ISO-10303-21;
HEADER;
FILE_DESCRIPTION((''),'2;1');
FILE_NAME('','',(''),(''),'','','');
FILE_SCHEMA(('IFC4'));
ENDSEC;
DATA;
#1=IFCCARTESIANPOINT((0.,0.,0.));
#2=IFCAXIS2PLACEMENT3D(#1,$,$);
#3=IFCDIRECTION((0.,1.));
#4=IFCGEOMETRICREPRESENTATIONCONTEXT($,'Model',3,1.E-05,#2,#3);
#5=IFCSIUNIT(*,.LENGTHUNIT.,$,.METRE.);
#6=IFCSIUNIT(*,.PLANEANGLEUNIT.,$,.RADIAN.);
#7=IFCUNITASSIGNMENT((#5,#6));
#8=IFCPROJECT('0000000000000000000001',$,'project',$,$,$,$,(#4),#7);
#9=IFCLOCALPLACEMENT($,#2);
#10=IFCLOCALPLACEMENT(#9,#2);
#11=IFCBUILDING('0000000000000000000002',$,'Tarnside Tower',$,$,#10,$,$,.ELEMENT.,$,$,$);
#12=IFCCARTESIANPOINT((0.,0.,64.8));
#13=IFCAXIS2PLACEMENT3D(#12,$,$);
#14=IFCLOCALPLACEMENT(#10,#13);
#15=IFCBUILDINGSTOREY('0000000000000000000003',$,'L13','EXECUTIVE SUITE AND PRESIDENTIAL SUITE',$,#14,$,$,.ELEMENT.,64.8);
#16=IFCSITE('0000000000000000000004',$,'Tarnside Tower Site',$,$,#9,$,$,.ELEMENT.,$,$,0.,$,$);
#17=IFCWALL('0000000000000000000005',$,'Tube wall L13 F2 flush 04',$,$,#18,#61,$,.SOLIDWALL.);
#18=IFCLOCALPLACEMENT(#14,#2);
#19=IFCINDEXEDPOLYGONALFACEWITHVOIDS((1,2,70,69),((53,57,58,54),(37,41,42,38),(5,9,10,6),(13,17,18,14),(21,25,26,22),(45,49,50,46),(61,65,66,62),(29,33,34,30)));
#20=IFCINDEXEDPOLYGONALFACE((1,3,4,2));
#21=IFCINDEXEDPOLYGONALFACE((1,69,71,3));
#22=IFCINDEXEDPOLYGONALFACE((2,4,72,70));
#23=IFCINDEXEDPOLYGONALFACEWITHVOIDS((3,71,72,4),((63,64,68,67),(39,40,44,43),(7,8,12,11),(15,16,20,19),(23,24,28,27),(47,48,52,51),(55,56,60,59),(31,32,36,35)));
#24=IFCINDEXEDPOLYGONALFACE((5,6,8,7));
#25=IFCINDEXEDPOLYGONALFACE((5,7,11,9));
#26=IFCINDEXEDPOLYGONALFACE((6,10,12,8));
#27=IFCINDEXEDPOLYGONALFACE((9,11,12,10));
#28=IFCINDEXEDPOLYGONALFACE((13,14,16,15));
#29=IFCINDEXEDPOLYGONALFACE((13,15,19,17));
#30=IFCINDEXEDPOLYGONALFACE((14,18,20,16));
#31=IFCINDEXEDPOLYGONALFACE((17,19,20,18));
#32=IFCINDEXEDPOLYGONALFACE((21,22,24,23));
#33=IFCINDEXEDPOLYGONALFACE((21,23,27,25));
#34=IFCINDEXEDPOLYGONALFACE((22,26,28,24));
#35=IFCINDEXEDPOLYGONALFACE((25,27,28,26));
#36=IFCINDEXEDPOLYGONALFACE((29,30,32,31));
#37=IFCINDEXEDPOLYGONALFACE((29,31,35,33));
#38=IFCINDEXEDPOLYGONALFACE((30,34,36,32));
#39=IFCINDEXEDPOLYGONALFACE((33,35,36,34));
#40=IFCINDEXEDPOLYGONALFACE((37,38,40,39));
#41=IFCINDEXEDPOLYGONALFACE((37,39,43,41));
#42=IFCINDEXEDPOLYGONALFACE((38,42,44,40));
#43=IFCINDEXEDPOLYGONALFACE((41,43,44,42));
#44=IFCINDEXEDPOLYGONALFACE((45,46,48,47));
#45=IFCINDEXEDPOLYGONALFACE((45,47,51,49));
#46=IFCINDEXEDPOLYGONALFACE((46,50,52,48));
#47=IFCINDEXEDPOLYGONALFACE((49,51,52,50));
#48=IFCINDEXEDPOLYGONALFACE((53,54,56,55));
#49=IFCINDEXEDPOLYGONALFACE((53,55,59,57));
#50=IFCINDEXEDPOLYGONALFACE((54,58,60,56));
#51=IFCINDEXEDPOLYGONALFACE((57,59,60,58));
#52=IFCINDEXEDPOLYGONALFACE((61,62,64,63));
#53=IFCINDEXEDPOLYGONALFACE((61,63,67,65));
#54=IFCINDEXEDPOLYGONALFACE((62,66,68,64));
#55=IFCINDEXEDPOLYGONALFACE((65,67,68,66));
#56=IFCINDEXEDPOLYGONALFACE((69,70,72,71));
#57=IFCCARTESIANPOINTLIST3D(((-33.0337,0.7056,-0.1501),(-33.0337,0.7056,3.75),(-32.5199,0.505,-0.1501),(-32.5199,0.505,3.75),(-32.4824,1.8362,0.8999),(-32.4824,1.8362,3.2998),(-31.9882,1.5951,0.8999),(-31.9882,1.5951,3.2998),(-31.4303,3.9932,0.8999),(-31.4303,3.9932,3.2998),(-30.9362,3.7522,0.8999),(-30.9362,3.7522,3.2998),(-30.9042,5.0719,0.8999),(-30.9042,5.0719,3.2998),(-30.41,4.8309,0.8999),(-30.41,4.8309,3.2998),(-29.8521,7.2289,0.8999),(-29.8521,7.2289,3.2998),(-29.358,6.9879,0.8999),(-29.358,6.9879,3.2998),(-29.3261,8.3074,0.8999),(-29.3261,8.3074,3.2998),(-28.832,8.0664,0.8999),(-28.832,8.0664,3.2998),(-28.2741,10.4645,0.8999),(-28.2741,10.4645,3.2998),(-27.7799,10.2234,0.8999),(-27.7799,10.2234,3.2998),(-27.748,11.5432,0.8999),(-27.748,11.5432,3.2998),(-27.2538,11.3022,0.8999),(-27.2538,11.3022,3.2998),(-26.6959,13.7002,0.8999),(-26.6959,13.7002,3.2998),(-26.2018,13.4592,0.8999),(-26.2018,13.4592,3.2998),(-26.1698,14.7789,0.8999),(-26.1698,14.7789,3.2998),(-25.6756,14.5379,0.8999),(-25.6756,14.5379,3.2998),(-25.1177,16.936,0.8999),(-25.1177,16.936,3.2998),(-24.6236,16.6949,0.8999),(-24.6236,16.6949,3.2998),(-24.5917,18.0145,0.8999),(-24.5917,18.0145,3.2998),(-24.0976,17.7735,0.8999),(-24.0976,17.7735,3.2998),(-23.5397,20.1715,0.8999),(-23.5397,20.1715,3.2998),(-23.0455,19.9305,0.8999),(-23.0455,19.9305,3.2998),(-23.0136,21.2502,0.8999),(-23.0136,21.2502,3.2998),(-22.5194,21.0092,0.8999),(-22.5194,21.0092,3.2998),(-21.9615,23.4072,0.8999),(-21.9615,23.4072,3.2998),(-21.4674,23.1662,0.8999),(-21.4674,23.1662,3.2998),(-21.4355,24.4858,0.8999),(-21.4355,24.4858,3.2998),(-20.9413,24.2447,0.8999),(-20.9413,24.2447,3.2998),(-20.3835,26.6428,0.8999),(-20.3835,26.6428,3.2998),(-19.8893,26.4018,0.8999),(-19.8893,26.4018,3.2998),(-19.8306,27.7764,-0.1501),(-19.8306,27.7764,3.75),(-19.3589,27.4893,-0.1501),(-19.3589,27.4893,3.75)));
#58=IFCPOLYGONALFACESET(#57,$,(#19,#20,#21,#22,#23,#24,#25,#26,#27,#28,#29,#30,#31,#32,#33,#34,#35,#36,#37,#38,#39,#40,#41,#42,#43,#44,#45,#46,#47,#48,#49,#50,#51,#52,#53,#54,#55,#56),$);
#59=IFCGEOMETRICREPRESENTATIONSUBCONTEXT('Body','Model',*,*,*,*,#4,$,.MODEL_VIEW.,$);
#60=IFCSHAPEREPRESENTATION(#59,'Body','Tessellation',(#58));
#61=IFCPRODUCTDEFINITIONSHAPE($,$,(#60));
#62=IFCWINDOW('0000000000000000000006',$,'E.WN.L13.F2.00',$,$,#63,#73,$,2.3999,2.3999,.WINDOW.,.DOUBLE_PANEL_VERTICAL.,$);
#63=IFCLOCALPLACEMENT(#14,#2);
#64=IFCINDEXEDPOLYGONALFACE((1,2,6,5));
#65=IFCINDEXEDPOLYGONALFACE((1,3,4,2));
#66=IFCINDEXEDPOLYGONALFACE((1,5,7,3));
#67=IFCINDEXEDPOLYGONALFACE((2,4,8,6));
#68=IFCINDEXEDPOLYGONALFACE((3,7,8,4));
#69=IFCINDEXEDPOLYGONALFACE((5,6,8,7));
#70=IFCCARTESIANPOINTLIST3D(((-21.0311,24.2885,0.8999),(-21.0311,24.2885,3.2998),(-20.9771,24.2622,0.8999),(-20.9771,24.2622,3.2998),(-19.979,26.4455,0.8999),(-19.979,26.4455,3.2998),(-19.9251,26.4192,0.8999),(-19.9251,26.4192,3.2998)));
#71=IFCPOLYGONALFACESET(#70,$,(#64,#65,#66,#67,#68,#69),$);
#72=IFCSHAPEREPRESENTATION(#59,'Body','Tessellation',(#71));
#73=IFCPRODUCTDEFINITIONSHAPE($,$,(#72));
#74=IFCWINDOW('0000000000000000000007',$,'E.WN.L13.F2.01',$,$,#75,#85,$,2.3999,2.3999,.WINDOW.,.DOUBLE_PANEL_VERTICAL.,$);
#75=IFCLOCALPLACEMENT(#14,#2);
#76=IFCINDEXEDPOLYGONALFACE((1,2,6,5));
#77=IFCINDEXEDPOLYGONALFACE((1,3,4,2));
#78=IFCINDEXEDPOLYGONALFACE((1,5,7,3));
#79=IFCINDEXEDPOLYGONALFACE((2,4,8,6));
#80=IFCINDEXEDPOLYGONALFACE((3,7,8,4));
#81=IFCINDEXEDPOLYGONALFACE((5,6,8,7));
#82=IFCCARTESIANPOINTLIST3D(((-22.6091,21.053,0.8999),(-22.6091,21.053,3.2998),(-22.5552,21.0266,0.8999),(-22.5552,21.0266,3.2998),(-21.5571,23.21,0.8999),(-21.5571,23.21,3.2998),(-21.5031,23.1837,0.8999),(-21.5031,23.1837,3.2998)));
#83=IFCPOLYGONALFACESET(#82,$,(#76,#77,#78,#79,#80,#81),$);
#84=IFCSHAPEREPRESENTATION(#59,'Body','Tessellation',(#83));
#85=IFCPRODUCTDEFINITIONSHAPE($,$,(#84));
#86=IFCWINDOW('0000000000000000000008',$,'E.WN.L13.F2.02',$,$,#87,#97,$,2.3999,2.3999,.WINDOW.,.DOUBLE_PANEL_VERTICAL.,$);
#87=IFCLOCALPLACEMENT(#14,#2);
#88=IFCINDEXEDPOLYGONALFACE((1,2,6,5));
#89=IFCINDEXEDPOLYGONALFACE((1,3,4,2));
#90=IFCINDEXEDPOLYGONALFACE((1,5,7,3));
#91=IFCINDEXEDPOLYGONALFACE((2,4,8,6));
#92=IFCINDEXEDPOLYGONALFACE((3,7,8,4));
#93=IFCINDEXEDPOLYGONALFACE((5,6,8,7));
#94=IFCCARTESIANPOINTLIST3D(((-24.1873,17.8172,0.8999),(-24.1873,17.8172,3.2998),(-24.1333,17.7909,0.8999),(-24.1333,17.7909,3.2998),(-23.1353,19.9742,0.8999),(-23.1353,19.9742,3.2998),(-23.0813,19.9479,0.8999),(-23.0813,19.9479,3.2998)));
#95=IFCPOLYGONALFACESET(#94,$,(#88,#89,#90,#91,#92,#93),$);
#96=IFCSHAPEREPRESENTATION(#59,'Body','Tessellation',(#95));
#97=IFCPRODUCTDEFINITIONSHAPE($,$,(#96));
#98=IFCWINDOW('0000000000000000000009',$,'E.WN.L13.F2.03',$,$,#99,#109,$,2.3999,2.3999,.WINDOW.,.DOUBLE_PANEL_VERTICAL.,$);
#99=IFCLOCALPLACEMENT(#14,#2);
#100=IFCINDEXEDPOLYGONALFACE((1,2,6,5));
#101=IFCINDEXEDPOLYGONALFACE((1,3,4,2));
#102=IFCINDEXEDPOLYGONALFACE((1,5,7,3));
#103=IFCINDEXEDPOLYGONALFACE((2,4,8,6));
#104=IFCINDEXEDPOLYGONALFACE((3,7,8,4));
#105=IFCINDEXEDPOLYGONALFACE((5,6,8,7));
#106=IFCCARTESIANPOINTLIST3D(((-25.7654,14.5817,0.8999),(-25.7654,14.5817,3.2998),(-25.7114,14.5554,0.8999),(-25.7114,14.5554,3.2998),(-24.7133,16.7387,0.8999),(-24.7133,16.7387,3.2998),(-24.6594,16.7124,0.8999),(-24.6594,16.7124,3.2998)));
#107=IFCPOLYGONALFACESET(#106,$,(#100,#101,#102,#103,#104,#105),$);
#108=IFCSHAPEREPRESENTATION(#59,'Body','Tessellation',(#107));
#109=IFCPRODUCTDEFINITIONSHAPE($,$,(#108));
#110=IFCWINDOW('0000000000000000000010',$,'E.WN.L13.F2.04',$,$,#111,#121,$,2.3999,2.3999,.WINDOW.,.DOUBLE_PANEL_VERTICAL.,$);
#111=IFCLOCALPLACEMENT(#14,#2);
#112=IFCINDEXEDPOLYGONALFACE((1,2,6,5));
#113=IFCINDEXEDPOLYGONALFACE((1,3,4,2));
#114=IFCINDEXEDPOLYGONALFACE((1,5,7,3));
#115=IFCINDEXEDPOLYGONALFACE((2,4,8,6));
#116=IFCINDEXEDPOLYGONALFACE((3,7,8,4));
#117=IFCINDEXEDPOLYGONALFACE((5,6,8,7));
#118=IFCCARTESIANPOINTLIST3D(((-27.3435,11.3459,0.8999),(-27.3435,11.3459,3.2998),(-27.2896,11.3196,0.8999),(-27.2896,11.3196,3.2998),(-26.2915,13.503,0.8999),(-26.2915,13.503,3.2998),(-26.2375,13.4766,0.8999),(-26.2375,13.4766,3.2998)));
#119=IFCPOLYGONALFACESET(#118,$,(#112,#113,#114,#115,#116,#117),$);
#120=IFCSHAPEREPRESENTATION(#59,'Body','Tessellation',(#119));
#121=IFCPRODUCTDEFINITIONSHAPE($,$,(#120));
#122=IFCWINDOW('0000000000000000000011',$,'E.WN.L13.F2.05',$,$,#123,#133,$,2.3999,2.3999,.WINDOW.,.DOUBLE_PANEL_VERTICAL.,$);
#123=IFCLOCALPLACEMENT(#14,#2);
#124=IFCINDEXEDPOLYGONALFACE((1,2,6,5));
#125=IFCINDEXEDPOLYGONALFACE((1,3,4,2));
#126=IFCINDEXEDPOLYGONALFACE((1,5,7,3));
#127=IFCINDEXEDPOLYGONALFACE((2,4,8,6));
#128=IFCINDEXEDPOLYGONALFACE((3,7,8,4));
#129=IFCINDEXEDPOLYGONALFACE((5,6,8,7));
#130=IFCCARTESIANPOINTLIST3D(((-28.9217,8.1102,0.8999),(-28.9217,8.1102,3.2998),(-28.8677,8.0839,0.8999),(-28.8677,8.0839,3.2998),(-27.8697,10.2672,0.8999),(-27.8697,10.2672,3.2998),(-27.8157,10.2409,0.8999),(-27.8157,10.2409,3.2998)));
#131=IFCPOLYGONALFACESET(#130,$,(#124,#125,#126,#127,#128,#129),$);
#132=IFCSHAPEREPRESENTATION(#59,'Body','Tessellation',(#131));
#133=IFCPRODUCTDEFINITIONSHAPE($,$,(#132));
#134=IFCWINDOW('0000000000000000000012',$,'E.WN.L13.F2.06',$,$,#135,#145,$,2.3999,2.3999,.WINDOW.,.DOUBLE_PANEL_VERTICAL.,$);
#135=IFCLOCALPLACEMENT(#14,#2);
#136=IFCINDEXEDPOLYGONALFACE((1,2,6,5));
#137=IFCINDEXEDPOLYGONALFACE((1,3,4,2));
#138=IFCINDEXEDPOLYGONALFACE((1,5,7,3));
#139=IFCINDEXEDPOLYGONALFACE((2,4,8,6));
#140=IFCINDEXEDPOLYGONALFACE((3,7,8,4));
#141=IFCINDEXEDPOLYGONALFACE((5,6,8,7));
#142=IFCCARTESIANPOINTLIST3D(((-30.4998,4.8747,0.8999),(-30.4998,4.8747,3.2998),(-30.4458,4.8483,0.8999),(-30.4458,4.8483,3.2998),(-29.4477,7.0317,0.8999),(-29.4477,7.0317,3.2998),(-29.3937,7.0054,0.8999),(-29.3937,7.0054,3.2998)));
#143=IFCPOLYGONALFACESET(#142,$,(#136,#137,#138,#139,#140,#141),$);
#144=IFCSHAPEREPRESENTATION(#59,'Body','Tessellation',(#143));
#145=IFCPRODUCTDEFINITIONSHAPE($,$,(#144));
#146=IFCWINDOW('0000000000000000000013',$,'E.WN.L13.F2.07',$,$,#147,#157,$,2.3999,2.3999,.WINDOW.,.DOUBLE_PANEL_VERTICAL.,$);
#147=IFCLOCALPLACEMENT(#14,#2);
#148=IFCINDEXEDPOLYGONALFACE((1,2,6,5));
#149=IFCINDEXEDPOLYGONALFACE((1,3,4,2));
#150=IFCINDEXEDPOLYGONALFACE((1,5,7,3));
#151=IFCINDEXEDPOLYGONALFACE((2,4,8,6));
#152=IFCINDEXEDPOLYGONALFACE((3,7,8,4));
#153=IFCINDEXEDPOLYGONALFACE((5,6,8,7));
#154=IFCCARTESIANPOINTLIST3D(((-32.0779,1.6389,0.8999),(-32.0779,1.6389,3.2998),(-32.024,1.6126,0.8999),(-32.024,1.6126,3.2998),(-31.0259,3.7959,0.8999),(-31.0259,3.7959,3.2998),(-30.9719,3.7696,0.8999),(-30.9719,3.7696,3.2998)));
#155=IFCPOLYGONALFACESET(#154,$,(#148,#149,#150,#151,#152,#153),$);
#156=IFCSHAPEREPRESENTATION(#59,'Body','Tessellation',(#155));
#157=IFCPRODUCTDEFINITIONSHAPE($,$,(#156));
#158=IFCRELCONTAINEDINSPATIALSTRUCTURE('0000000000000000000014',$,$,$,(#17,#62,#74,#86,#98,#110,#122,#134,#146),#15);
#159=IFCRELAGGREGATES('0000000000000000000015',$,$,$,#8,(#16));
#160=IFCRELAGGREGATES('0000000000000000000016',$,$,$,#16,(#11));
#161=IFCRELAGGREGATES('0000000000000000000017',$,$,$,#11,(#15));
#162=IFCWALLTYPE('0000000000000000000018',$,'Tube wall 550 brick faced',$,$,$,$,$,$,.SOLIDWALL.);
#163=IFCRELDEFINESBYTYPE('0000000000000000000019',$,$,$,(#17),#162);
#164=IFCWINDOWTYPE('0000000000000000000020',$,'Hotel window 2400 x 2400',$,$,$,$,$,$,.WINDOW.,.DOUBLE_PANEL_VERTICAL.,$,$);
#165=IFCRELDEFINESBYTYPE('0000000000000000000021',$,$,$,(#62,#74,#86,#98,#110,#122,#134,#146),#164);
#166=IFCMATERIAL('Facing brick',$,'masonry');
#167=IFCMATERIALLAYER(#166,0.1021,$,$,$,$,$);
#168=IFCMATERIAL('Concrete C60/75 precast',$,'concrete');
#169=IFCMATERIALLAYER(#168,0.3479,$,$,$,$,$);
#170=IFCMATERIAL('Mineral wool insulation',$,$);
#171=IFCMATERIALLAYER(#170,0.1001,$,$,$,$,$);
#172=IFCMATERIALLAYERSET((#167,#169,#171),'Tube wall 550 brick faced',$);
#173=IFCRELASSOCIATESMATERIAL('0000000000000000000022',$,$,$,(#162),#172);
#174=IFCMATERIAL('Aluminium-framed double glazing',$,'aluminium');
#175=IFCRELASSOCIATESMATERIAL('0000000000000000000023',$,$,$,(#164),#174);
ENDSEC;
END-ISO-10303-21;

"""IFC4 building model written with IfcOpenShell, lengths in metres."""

from ifc_helpers import new_model, si_unit, direction, frame, frame_2d, origin, place, context, subcontext, project, spatial, polyline, rectangle, outline, extrude, material, layer, layer_set, type_object, element, fill, save


model = new_model("IFC4")

# Units and contexts
model_context = context("Model", 3, precision=1e-05, world=origin(), true_north=direction((0.0, 1.0)))
body_context = subcontext(model_context, "Body", "Model", "MODEL_VIEW")
ifc_project = project(units=[si_unit("LENGTHUNIT", "METRE"), si_unit("PLANEANGLEUNIT", "RADIAN")], contexts=[model_context])

# Site, building, storey
site_placement = place(None, origin())
site = spatial("IfcSite", under=ifc_project, at=site_placement, Name="Tarnside Tower Site", CompositionType="ELEMENT", RefElevation=0.0)
building_placement = place(site_placement, origin())
building = spatial("IfcBuilding", under=site, at=building_placement, Name="Tarnside Tower", CompositionType="ELEMENT")
storey_placement = place(building_placement, frame((0.0, 0.0, 64.8)))
storey = spatial("IfcBuildingStorey", under=building, at=storey_placement, Name="L13", Description="EXECUTIVE SUITE AND PRESIDENTIAL SUITE", CompositionType="ELEMENT", Elevation=64.8)

# Shared definitions
ifc_material_1 = material(Name="Facing brick", Category="masonry")
ifc_layer_1 = layer(ifc_material_1, 0.1021)
ifc_material_2 = material(Name="Concrete C60/75 precast", Category="concrete")
ifc_layer_2 = layer(ifc_material_2, 0.3479)
ifc_material_3 = material(Name="Mineral wool insulation")
ifc_layer_3 = layer(ifc_material_3, 0.1001)
ifc_layer_set_1 = layer_set([ifc_layer_1, ifc_layer_2, ifc_layer_3], Name="Tube wall 550 brick faced")
wall_type_1 = type_object("IfcWallType", Name="Tube wall 550 brick faced", PredefinedType="SOLIDWALL", material=ifc_layer_set_1)

# Wall, openings, windows
wall_1_placement = place(storey_placement, frame((-19.5947, 27.6328, -0.1501), z_axis=(0.0, 0.0, 1.0), x_axis=(-0.438368, -0.898795, 0.0)))
wall_1 = element("IfcWall", 1, at=wall_1_placement, inside=storey, type_object=wall_type_1, Name="Tube wall L13 F2 flush 04", PredefinedType="SOLIDWALL", context=body_context, shape_type="SweptSolid", body=[
    extrude(outline(polyline([(-0.0256, -0.2749), (30.0933, -0.2749), (30.0483, 0.2749), (0.0256, 0.2749), (-0.0256, -0.2749)])), origin(), (0.0, 0.0, 1.0), 3.9001),
])
opening_1_placement = place(wall_1_placement, frame((1.2356, 0.0, 1.05)))
opening_1 = element("IfcOpeningElement", 2, at=opening_1_placement, cuts=wall_1, PredefinedType="OPENING", context=body_context, shape_type="SweptSolid", body=[
    extrude(rectangle(XDim=2.3999, YDim=2.3999, at=frame_2d((1.2, 1.2))), frame((0.0, 0.2852, 0.0), z_axis=(0.0, -1.0, 0.0), x_axis=(1.0, 0.0, 0.0)), (0.0, 0.0, 1.0), 0.5701),
])
opening_2_placement = place(wall_1_placement, frame((4.8354, 0.0, 1.05)))
opening_2 = element("IfcOpeningElement", 3, at=opening_2_placement, cuts=wall_1, PredefinedType="OPENING", context=body_context, shape_type="SweptSolid", body=[
    extrude(rectangle(XDim=2.3999, YDim=2.3999, at=frame_2d((1.2, 1.2))), frame((0.0, 0.2852, 0.0), z_axis=(0.0, -1.0, 0.0), x_axis=(1.0, 0.0, 0.0)), (0.0, 0.0, 1.0), 0.5701),
])
opening_3_placement = place(wall_1_placement, frame((8.4355, 0.0, 1.05)))
opening_3 = element("IfcOpeningElement", 4, at=opening_3_placement, cuts=wall_1, PredefinedType="OPENING", context=body_context, shape_type="SweptSolid", body=[
    extrude(rectangle(XDim=2.3999, YDim=2.3999, at=frame_2d((1.2, 1.2))), frame((0.0, 0.2852, 0.0), z_axis=(0.0, -1.0, 0.0), x_axis=(1.0, 0.0, 0.0)), (0.0, 0.0, 1.0), 0.5701),
])
opening_4_placement = place(wall_1_placement, frame((12.0354, 0.0, 1.05)))
opening_4 = element("IfcOpeningElement", 5, at=opening_4_placement, cuts=wall_1, PredefinedType="OPENING", context=body_context, shape_type="SweptSolid", body=[
    extrude(rectangle(XDim=2.3999, YDim=2.3999, at=frame_2d((1.2, 1.2))), frame((0.0, 0.2852, 0.0), z_axis=(0.0, -1.0, 0.0), x_axis=(1.0, 0.0, 0.0)), (0.0, 0.0, 1.0), 0.5701),
])
opening_5_placement = place(wall_1_placement, frame((15.6355, 0.0, 1.05)))
opening_5 = element("IfcOpeningElement", 6, at=opening_5_placement, cuts=wall_1, PredefinedType="OPENING", context=body_context, shape_type="SweptSolid", body=[
    extrude(rectangle(XDim=2.3999, YDim=2.3999, at=frame_2d((1.2, 1.2))), frame((0.0, 0.2852, 0.0), z_axis=(0.0, -1.0, 0.0), x_axis=(1.0, 0.0, 0.0)), (0.0, 0.0, 1.0), 0.5701),
])
opening_6_placement = place(wall_1_placement, frame((19.2356, 0.0, 1.05)))
opening_6 = element("IfcOpeningElement", 7, at=opening_6_placement, cuts=wall_1, PredefinedType="OPENING", context=body_context, shape_type="SweptSolid", body=[
    extrude(rectangle(XDim=2.3999, YDim=2.3999, at=frame_2d((1.2, 1.2))), frame((0.0, 0.2852, 0.0), z_axis=(0.0, -1.0, 0.0), x_axis=(1.0, 0.0, 0.0)), (0.0, 0.0, 1.0), 0.5701),
])
opening_7_placement = place(wall_1_placement, frame((22.8354, 0.0, 1.05)))
opening_7 = element("IfcOpeningElement", 8, at=opening_7_placement, cuts=wall_1, PredefinedType="OPENING", context=body_context, shape_type="SweptSolid", body=[
    extrude(rectangle(XDim=2.3999, YDim=2.3999, at=frame_2d((1.2, 1.2))), frame((0.0, 0.2852, 0.0), z_axis=(0.0, -1.0, 0.0), x_axis=(1.0, 0.0, 0.0)), (0.0, 0.0, 1.0), 0.5701),
])
opening_8_placement = place(wall_1_placement, frame((26.4355, 0.0, 1.05)))
opening_8 = element("IfcOpeningElement", 9, at=opening_8_placement, cuts=wall_1, PredefinedType="OPENING", context=body_context, shape_type="SweptSolid", body=[
    extrude(rectangle(XDim=2.3999, YDim=2.3999, at=frame_2d((1.2, 1.2))), frame((0.0, 0.2852, 0.0), z_axis=(0.0, -1.0, 0.0), x_axis=(1.0, 0.0, 0.0)), (0.0, 0.0, 1.0), 0.5701),
])
ifc_material_4 = material(Name="Aluminium-framed double glazing", Category="aluminium")
window_type = type_object("IfcWindowType", Name="Hotel window 2400 x 2400", PartitioningType="DOUBLE_PANEL_VERTICAL", PredefinedType="WINDOW", material=ifc_material_4)
window_1_placement = place(opening_1_placement, frame((0.0, 0.2051, 0.0)))
window_1 = element("IfcWindow", 10, at=window_1_placement, inside=storey, type_object=window_type, Name="E.WN.L13.F2.00", OverallHeight=2.3999, OverallWidth=2.3999, PartitioningType="DOUBLE_PANEL_VERTICAL", PredefinedType="WINDOW", context=body_context, shape_type="SweptSolid", body=[
    extrude(rectangle(XDim=2.3999, YDim=2.3999, at=frame_2d((1.2, 1.2))), frame((0.0, 0.03, 0.0), z_axis=(0.0, -1.0, 0.0), x_axis=(1.0, 0.0, 0.0)), (0.0, 0.0, 1.0), 0.0601),
])
fill(opening_1, window_1)
window_2_placement = place(opening_2_placement, frame((0.0, 0.2051, 0.0)))
window_2 = element("IfcWindow", 11, at=window_2_placement, inside=storey, type_object=window_type, Name="E.WN.L13.F2.01", OverallHeight=2.3999, OverallWidth=2.3999, PartitioningType="DOUBLE_PANEL_VERTICAL", PredefinedType="WINDOW", context=body_context, shape_type="SweptSolid", body=[
    extrude(rectangle(XDim=2.3999, YDim=2.3999, at=frame_2d((1.2, 1.2))), frame((0.0, 0.03, 0.0), z_axis=(0.0, -1.0, 0.0), x_axis=(1.0, 0.0, 0.0)), (0.0, 0.0, 1.0), 0.0601),
])
fill(opening_2, window_2)
window_3_placement = place(opening_3_placement, frame((0.0, 0.2051, 0.0)))
window_3 = element("IfcWindow", 12, at=window_3_placement, inside=storey, type_object=window_type, Name="E.WN.L13.F2.02", OverallHeight=2.3999, OverallWidth=2.3999, PartitioningType="DOUBLE_PANEL_VERTICAL", PredefinedType="WINDOW", context=body_context, shape_type="SweptSolid", body=[
    extrude(rectangle(XDim=2.3999, YDim=2.3999, at=frame_2d((1.2, 1.2))), frame((0.0, 0.03, 0.0), z_axis=(0.0, -1.0, 0.0), x_axis=(1.0, 0.0, 0.0)), (0.0, 0.0, 1.0), 0.0601),
])
fill(opening_3, window_3)
window_4_placement = place(opening_4_placement, frame((0.0, 0.2051, 0.0)))
window_4 = element("IfcWindow", 13, at=window_4_placement, inside=storey, type_object=window_type, Name="E.WN.L13.F2.03", OverallHeight=2.3999, OverallWidth=2.3999, PartitioningType="DOUBLE_PANEL_VERTICAL", PredefinedType="WINDOW", context=body_context, shape_type="SweptSolid", body=[
    extrude(rectangle(XDim=2.3999, YDim=2.3999, at=frame_2d((1.2, 1.2))), frame((0.0, 0.03, 0.0), z_axis=(0.0, -1.0, 0.0), x_axis=(1.0, 0.0, 0.0)), (0.0, 0.0, 1.0), 0.0601),
])
fill(opening_4, window_4)
window_5_placement = place(opening_5_placement, frame((0.0, 0.2051, 0.0)))
window_5 = element("IfcWindow", 14, at=window_5_placement, inside=storey, type_object=window_type, Name="E.WN.L13.F2.04", OverallHeight=2.3999, OverallWidth=2.3999, PartitioningType="DOUBLE_PANEL_VERTICAL", PredefinedType="WINDOW", context=body_context, shape_type="SweptSolid", body=[
    extrude(rectangle(XDim=2.3999, YDim=2.3999, at=frame_2d((1.2, 1.2))), frame((0.0, 0.03, 0.0), z_axis=(0.0, -1.0, 0.0), x_axis=(1.0, 0.0, 0.0)), (0.0, 0.0, 1.0), 0.0601),
])
fill(opening_5, window_5)
window_6_placement = place(opening_6_placement, frame((0.0, 0.2051, 0.0)))
window_6 = element("IfcWindow", 15, at=window_6_placement, inside=storey, type_object=window_type, Name="E.WN.L13.F2.05", OverallHeight=2.3999, OverallWidth=2.3999, PartitioningType="DOUBLE_PANEL_VERTICAL", PredefinedType="WINDOW", context=body_context, shape_type="SweptSolid", body=[
    extrude(rectangle(XDim=2.3999, YDim=2.3999, at=frame_2d((1.2, 1.2))), frame((0.0, 0.03, 0.0), z_axis=(0.0, -1.0, 0.0), x_axis=(1.0, 0.0, 0.0)), (0.0, 0.0, 1.0), 0.0601),
])
fill(opening_6, window_6)
window_7_placement = place(opening_7_placement, frame((0.0, 0.2051, 0.0)))
window_7 = element("IfcWindow", 16, at=window_7_placement, inside=storey, type_object=window_type, Name="E.WN.L13.F2.06", OverallHeight=2.3999, OverallWidth=2.3999, PartitioningType="DOUBLE_PANEL_VERTICAL", PredefinedType="WINDOW", context=body_context, shape_type="SweptSolid", body=[
    extrude(rectangle(XDim=2.3999, YDim=2.3999, at=frame_2d((1.2, 1.2))), frame((0.0, 0.03, 0.0), z_axis=(0.0, -1.0, 0.0), x_axis=(1.0, 0.0, 0.0)), (0.0, 0.0, 1.0), 0.0601),
])
fill(opening_7, window_7)
window_8_placement = place(opening_8_placement, frame((0.0, 0.2051, 0.0)))
window_8 = element("IfcWindow", 17, at=window_8_placement, inside=storey, type_object=window_type, Name="E.WN.L13.F2.07", OverallHeight=2.3999, OverallWidth=2.3999, PartitioningType="DOUBLE_PANEL_VERTICAL", PredefinedType="WINDOW", context=body_context, shape_type="SweptSolid", body=[
    extrude(rectangle(XDim=2.3999, YDim=2.3999, at=frame_2d((1.2, 1.2))), frame((0.0, 0.03, 0.0), z_axis=(0.0, -1.0, 0.0), x_axis=(1.0, 0.0, 0.0)), (0.0, 0.0, 1.0), 0.0601),
])
fill(opening_8, window_8)

save(model, "model.ifc")
